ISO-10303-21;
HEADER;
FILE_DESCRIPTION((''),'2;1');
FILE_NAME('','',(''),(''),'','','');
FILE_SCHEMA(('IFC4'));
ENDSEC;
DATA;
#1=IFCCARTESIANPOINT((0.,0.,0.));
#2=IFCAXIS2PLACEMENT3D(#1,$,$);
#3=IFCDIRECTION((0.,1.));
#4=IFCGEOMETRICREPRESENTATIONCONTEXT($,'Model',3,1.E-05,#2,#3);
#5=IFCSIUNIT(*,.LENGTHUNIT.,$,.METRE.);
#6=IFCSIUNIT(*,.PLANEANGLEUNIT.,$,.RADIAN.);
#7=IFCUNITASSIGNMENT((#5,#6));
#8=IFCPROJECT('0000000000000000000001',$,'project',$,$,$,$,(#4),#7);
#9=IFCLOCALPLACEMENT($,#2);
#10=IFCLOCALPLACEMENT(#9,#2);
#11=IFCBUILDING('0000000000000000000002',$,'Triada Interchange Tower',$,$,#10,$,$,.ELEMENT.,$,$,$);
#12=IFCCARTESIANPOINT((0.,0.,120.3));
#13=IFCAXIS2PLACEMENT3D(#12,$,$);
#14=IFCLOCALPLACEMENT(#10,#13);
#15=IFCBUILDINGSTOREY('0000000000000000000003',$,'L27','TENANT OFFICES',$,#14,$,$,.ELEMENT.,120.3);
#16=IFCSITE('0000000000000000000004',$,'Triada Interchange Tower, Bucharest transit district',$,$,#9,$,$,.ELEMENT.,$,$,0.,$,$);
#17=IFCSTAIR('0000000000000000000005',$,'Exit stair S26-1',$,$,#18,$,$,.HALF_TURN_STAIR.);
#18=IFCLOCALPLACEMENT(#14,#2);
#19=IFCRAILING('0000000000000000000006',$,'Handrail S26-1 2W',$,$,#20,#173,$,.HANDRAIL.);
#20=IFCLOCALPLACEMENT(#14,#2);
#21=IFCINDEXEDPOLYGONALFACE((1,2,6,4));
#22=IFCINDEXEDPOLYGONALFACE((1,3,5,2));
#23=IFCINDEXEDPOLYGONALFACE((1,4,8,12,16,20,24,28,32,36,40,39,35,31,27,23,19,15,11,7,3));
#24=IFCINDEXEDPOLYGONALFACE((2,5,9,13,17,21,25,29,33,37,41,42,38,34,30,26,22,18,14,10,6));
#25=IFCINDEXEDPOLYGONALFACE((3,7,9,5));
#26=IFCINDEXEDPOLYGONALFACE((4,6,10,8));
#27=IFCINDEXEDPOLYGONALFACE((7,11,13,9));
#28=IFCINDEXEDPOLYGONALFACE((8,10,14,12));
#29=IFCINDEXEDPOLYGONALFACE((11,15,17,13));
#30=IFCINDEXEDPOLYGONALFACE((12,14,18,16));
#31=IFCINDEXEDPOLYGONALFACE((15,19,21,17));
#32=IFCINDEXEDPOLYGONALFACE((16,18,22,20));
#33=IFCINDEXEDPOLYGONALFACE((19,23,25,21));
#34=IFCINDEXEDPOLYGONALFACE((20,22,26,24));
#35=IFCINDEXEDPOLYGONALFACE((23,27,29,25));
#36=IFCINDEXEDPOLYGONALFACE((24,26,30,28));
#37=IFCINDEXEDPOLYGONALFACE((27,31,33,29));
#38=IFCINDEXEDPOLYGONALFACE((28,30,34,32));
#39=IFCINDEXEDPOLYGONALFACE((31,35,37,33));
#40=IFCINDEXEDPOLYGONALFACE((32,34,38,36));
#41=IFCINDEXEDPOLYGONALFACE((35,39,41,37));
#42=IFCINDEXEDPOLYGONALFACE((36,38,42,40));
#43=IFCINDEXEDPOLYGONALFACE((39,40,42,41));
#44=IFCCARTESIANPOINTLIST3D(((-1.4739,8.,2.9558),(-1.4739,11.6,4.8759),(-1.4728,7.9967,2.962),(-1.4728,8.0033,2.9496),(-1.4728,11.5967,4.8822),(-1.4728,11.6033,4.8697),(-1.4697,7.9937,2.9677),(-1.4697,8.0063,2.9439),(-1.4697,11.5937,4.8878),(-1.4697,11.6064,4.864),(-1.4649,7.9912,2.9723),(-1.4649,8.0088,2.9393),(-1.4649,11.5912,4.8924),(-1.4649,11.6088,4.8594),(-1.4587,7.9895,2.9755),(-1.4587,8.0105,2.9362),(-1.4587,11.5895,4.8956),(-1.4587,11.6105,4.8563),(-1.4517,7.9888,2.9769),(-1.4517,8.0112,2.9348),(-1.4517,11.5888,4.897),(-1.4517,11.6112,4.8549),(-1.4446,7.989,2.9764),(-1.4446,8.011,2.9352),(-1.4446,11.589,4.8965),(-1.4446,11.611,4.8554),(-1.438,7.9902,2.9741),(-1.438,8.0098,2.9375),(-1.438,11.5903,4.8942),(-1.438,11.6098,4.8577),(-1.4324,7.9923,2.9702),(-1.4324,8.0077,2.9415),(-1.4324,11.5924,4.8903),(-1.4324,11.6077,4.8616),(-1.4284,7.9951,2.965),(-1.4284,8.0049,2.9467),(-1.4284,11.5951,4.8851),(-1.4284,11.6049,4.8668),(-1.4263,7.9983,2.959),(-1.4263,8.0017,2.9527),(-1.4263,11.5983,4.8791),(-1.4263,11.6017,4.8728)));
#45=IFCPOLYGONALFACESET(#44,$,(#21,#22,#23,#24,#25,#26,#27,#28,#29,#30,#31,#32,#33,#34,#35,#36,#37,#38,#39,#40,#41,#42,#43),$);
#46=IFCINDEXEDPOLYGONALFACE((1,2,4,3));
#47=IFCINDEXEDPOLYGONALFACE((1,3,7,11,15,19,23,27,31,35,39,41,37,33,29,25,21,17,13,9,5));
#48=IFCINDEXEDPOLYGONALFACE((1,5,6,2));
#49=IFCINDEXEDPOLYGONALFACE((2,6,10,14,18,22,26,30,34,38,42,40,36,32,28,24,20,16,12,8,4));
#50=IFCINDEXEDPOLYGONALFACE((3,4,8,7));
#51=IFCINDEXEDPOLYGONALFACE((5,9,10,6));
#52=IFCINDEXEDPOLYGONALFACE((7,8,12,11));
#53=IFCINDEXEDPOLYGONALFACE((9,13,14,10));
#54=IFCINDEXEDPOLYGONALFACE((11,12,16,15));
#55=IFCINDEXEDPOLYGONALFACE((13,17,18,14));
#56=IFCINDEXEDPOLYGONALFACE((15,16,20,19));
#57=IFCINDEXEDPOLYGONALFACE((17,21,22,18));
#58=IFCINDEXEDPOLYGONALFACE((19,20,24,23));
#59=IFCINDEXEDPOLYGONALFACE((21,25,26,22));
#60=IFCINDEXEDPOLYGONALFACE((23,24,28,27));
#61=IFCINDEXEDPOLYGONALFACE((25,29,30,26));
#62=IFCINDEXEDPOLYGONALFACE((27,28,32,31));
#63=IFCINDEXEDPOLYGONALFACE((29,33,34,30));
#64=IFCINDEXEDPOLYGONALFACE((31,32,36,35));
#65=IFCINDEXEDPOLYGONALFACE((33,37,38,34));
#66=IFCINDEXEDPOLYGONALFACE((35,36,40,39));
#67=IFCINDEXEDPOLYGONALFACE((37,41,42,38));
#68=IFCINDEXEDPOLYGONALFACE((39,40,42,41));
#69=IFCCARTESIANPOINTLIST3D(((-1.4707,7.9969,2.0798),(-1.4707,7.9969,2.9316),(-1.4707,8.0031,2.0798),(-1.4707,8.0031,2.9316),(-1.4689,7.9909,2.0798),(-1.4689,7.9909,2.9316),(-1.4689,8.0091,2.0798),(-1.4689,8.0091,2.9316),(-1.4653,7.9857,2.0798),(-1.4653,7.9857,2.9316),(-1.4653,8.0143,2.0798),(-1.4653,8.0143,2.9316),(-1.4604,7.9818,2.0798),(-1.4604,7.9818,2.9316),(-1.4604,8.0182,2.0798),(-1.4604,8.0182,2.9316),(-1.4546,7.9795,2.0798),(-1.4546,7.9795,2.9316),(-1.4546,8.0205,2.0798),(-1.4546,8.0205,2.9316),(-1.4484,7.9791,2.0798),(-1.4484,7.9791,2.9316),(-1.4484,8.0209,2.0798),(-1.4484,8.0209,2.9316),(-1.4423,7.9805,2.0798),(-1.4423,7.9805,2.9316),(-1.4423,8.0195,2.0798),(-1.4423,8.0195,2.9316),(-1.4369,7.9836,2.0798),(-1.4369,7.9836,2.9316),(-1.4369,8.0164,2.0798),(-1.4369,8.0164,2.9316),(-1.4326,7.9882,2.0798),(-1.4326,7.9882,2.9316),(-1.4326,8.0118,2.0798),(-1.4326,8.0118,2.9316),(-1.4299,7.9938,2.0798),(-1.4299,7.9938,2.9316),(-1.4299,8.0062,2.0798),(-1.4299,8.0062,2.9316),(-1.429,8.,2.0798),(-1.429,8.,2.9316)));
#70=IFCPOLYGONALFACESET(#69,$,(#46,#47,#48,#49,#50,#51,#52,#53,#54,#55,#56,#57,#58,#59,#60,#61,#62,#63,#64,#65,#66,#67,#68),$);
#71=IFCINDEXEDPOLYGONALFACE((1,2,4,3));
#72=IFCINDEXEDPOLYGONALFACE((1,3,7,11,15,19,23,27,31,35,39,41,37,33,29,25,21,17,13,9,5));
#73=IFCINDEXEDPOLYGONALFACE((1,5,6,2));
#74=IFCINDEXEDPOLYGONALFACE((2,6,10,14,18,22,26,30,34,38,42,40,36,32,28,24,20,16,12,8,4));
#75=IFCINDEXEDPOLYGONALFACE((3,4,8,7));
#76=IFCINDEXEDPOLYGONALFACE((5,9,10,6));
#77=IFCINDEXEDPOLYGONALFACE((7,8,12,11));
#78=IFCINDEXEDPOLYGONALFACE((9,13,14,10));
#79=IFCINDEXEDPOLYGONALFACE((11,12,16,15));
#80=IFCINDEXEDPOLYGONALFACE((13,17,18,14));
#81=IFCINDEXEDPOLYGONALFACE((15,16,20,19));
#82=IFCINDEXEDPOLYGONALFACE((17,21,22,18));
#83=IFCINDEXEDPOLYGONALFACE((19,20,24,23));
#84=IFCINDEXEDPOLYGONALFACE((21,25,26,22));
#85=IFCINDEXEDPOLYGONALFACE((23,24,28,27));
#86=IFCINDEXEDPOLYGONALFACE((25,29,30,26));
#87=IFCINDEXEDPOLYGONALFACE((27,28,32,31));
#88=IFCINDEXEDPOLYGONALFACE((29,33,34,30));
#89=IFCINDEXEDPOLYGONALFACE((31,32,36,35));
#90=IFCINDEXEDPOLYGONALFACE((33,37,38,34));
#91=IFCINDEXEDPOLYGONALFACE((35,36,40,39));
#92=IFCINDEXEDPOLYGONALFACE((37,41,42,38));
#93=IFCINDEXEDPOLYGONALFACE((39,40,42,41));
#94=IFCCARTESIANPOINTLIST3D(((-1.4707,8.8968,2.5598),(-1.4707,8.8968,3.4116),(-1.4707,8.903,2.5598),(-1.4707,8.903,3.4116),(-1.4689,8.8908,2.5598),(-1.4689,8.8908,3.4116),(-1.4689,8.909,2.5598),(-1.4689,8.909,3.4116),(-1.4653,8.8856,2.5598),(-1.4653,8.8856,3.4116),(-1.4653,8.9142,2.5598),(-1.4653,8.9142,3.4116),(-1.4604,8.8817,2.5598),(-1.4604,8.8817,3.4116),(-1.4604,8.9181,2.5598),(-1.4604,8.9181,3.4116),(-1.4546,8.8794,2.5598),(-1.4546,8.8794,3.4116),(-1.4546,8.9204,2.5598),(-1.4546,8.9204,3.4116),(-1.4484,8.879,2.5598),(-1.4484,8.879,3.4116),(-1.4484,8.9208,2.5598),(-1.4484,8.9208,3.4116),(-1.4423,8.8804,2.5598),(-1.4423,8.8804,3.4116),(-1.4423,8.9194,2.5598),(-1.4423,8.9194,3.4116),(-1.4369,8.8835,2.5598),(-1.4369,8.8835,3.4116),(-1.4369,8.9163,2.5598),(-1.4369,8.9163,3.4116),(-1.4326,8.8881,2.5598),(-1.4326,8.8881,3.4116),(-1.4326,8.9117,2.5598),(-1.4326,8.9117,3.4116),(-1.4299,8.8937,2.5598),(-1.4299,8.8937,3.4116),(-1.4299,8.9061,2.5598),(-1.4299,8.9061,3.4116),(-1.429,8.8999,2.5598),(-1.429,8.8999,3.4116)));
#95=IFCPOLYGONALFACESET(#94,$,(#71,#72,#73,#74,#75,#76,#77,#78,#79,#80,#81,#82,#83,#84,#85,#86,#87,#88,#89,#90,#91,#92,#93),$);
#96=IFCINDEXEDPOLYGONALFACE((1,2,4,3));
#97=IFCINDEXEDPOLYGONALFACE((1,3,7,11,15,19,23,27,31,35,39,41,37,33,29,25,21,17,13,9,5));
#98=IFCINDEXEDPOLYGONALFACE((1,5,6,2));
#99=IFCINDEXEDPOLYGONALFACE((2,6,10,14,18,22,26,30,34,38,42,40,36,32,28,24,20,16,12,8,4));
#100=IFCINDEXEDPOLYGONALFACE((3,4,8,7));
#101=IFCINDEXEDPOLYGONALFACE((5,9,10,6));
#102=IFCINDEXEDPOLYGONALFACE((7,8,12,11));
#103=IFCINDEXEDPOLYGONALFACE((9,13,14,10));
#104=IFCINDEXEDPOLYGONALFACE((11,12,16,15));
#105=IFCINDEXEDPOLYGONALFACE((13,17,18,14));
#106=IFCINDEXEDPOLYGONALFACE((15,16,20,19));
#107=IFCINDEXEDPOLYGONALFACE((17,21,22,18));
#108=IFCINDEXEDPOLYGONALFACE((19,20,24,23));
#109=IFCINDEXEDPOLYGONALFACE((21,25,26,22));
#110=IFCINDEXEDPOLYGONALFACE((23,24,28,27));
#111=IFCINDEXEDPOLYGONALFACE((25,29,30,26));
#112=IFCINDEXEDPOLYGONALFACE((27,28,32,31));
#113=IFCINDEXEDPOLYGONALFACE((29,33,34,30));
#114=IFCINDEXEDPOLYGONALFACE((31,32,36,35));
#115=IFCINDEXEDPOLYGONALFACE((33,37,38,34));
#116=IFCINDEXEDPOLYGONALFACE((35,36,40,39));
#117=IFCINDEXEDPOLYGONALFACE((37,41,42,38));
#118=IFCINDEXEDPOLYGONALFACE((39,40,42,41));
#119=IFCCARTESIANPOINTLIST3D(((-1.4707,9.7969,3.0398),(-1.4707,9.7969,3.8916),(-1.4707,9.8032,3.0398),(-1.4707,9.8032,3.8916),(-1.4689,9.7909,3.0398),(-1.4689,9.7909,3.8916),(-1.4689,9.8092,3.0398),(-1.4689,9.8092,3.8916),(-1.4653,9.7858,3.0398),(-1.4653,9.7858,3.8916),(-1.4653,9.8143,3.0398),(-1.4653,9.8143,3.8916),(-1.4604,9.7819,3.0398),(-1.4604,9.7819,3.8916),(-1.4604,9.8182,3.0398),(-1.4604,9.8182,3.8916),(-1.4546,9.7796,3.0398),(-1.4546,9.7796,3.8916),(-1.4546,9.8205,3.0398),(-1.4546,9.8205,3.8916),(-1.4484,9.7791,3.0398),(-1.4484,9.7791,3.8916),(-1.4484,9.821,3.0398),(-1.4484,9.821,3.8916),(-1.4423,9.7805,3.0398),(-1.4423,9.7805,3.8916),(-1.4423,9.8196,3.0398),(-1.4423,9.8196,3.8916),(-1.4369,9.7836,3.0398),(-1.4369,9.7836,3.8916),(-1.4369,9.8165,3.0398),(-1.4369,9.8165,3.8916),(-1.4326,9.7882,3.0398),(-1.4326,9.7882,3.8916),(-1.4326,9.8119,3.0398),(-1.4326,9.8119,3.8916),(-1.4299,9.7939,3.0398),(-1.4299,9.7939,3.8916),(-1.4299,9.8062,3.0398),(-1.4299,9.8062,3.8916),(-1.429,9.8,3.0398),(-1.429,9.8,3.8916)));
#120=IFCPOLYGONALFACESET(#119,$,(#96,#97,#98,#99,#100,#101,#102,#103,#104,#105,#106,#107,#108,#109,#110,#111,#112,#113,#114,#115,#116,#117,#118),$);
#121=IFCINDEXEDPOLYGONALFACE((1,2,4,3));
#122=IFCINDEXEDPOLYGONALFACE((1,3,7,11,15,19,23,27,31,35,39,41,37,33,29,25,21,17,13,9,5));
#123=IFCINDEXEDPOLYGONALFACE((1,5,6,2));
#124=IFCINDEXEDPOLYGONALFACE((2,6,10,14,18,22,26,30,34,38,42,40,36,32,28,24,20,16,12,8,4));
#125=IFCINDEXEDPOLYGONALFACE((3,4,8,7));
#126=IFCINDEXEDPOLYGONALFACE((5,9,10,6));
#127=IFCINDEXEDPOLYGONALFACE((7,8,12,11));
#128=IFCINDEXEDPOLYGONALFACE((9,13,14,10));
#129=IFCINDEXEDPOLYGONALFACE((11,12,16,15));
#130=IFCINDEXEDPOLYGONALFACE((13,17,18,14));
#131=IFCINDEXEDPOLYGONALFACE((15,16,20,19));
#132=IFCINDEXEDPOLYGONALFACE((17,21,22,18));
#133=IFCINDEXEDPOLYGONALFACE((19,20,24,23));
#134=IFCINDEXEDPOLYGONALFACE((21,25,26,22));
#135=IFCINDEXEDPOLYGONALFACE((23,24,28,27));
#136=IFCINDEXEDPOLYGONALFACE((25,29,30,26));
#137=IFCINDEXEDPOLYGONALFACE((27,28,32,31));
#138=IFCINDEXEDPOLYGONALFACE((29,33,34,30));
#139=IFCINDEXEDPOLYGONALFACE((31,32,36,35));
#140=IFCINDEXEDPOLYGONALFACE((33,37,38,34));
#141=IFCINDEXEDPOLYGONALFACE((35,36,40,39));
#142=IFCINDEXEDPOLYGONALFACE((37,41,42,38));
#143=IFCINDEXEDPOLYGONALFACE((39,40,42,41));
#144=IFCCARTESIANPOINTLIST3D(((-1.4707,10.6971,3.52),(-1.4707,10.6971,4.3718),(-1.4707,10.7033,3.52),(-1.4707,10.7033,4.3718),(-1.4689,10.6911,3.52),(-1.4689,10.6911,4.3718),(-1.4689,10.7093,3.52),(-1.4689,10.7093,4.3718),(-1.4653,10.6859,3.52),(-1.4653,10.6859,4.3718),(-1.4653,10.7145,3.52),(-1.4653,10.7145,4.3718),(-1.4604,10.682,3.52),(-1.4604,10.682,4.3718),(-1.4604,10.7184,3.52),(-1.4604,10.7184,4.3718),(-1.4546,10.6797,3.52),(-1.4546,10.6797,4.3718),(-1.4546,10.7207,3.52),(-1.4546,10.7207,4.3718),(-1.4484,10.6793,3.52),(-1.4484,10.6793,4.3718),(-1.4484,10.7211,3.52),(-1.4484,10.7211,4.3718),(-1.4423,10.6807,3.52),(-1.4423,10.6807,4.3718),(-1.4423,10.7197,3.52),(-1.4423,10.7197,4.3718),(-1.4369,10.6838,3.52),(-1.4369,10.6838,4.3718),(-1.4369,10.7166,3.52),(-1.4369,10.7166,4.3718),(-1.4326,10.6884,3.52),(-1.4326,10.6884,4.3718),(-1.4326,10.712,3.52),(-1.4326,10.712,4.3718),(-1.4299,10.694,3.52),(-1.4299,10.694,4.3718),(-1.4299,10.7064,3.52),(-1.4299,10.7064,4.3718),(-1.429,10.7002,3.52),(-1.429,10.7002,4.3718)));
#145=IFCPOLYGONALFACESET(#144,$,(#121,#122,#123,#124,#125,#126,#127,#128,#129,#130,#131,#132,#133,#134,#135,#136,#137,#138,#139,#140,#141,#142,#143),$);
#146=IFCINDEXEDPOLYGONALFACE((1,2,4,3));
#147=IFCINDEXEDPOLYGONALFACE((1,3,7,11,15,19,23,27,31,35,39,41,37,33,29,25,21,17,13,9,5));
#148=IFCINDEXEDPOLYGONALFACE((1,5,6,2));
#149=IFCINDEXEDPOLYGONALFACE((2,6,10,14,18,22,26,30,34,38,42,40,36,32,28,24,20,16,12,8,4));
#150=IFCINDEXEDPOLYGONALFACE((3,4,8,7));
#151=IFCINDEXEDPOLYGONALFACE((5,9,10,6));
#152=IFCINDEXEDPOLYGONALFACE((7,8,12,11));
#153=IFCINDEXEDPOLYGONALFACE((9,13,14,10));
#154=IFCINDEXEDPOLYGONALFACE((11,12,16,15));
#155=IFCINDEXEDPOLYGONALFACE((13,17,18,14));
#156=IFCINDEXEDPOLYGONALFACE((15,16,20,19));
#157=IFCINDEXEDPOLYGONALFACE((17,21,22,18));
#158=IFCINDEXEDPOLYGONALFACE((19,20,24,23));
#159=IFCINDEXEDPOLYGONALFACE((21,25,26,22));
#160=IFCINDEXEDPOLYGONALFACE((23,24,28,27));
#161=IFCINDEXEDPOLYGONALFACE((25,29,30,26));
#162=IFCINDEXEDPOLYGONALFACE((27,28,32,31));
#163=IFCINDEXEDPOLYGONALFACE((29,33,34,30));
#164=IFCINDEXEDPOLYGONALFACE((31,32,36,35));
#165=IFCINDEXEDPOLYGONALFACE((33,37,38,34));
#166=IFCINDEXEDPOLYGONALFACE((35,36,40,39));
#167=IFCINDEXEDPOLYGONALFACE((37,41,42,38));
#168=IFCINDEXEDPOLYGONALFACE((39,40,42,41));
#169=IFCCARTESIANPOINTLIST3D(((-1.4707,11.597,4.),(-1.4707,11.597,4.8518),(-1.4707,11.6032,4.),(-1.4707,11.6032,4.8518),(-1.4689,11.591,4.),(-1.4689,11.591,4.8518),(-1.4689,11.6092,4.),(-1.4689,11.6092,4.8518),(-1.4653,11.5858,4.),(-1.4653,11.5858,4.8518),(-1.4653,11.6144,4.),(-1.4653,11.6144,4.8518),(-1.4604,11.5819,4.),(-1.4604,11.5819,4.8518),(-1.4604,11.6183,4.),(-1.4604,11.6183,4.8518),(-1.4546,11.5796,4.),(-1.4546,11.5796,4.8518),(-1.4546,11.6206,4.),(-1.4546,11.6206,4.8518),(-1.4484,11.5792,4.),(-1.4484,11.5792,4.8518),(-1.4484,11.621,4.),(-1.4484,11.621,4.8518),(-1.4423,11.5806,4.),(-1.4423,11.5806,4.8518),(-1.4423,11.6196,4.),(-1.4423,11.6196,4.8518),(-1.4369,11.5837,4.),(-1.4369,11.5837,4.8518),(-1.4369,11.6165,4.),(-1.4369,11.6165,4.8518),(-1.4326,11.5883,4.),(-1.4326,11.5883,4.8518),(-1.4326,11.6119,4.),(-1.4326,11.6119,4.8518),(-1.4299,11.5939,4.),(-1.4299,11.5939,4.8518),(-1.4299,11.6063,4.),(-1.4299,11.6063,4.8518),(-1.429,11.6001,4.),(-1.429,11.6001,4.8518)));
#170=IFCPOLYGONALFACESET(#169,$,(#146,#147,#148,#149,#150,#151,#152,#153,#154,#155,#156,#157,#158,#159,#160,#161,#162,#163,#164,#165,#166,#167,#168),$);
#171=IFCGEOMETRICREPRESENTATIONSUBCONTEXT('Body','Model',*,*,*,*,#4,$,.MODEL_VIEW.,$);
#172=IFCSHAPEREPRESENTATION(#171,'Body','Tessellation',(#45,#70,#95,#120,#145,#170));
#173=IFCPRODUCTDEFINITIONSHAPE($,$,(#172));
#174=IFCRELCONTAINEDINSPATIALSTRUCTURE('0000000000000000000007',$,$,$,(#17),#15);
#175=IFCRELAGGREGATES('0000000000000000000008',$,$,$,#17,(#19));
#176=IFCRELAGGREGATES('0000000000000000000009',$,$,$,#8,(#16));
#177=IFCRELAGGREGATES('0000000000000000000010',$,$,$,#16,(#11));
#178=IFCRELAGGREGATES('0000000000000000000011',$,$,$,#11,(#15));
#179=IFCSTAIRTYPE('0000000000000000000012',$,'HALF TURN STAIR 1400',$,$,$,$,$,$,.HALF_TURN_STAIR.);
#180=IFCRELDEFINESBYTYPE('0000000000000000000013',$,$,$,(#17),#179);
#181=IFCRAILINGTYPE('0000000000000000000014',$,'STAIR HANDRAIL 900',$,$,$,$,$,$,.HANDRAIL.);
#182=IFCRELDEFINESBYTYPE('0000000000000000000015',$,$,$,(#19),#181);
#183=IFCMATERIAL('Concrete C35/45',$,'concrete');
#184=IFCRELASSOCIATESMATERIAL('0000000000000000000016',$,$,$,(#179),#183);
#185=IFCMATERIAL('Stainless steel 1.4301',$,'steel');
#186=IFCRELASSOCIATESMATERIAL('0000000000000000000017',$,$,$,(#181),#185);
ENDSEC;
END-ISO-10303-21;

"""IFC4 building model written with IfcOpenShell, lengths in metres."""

from ifc_helpers import new_model, si_unit, direction, frame, origin, origin_2d, place, context, subcontext, project, spatial, circle, extrude, material, type_object, element, aggregate, save


model = new_model("IFC4")

# Units and contexts
model_context = context("Model", 3, precision=1e-05, world=origin(), true_north=direction((0.0, 1.0)))
body_context = subcontext(model_context, "Body", "Model", "MODEL_VIEW")
ifc_project = project(units=[si_unit("LENGTHUNIT", "METRE"), si_unit("PLANEANGLEUNIT", "RADIAN")], contexts=[model_context])

# Site, building, storey
site_placement = place(None, origin())
site = spatial("IfcSite", under=ifc_project, at=site_placement, Name="Triada Interchange Tower, Bucharest transit district", CompositionType="ELEMENT", RefElevation=0.0)
building_placement = place(site_placement, origin())
building = spatial("IfcBuilding", under=site, at=building_placement, Name="Triada Interchange Tower", CompositionType="ELEMENT")
storey_placement = place(building_placement, frame((0.0, 0.0, 120.3)))
storey = spatial("IfcBuildingStorey", under=building, at=storey_placement, Name="L27", Description="TENANT OFFICES", CompositionType="ELEMENT", Elevation=120.3)

# Stair, railing
ifc_material_1 = material(Name="Concrete C35/45", Category="concrete")
stair_type = type_object("IfcStairType", Name="HALF TURN STAIR 1400", PredefinedType="HALF_TURN_STAIR", material=ifc_material_1)
stair_placement = place(storey_placement, origin())
stair = element("IfcStair", 1, at=stair_placement, inside=storey, type_object=stair_type, Name="Exit stair S26-1", PredefinedType="HALF_TURN_STAIR")
ifc_material_2 = material(Name="Stainless steel 1.4301", Category="steel")
railing_type = type_object("IfcRailingType", Name="STAIR HANDRAIL 900", PredefinedType="HANDRAIL", material=ifc_material_2)
railing_1_placement = place(storey_placement, frame((-1.45, 8.0, 2.0798)))
railing_1 = element("IfcRailing", 2, at=railing_1_placement, type_object=railing_type, Name="Handrail S26-1 2W", PredefinedType="HANDRAIL", context=body_context, shape_type="SweptSolid", body=[
    extrude(circle(Radius=0.0239, at=origin_2d()), frame((0.0, 0.0, 0.876), z_axis=(0.0, 0.882341, 0.47061), x_axis=(-1.0, 0.0, 0.0)), (0.0, 0.0, 1.0), 4.0801),
    extrude(circle(Radius=0.021, at=origin_2d()), origin(), (0.0, 0.0, 1.0), 0.8518),
    extrude(circle(Radius=0.021, at=origin_2d()), frame((0.0, 0.8999, 0.48)), (0.0, 0.0, 1.0), 0.8518),
    extrude(circle(Radius=0.021, at=origin_2d()), frame((0.0, 1.8, 0.96)), (0.0, 0.0, 1.0), 0.8518),
    extrude(circle(Radius=0.021, at=origin_2d()), frame((0.0, 2.7002, 1.4402)), (0.0, 0.0, 1.0), 0.8518),
    extrude(circle(Radius=0.021, at=origin_2d()), frame((0.0, 3.6001, 1.9202)), (0.0, 0.0, 1.0), 0.8518),
])
aggregate(stair, [railing_1])

save(model, "model.ifc")
